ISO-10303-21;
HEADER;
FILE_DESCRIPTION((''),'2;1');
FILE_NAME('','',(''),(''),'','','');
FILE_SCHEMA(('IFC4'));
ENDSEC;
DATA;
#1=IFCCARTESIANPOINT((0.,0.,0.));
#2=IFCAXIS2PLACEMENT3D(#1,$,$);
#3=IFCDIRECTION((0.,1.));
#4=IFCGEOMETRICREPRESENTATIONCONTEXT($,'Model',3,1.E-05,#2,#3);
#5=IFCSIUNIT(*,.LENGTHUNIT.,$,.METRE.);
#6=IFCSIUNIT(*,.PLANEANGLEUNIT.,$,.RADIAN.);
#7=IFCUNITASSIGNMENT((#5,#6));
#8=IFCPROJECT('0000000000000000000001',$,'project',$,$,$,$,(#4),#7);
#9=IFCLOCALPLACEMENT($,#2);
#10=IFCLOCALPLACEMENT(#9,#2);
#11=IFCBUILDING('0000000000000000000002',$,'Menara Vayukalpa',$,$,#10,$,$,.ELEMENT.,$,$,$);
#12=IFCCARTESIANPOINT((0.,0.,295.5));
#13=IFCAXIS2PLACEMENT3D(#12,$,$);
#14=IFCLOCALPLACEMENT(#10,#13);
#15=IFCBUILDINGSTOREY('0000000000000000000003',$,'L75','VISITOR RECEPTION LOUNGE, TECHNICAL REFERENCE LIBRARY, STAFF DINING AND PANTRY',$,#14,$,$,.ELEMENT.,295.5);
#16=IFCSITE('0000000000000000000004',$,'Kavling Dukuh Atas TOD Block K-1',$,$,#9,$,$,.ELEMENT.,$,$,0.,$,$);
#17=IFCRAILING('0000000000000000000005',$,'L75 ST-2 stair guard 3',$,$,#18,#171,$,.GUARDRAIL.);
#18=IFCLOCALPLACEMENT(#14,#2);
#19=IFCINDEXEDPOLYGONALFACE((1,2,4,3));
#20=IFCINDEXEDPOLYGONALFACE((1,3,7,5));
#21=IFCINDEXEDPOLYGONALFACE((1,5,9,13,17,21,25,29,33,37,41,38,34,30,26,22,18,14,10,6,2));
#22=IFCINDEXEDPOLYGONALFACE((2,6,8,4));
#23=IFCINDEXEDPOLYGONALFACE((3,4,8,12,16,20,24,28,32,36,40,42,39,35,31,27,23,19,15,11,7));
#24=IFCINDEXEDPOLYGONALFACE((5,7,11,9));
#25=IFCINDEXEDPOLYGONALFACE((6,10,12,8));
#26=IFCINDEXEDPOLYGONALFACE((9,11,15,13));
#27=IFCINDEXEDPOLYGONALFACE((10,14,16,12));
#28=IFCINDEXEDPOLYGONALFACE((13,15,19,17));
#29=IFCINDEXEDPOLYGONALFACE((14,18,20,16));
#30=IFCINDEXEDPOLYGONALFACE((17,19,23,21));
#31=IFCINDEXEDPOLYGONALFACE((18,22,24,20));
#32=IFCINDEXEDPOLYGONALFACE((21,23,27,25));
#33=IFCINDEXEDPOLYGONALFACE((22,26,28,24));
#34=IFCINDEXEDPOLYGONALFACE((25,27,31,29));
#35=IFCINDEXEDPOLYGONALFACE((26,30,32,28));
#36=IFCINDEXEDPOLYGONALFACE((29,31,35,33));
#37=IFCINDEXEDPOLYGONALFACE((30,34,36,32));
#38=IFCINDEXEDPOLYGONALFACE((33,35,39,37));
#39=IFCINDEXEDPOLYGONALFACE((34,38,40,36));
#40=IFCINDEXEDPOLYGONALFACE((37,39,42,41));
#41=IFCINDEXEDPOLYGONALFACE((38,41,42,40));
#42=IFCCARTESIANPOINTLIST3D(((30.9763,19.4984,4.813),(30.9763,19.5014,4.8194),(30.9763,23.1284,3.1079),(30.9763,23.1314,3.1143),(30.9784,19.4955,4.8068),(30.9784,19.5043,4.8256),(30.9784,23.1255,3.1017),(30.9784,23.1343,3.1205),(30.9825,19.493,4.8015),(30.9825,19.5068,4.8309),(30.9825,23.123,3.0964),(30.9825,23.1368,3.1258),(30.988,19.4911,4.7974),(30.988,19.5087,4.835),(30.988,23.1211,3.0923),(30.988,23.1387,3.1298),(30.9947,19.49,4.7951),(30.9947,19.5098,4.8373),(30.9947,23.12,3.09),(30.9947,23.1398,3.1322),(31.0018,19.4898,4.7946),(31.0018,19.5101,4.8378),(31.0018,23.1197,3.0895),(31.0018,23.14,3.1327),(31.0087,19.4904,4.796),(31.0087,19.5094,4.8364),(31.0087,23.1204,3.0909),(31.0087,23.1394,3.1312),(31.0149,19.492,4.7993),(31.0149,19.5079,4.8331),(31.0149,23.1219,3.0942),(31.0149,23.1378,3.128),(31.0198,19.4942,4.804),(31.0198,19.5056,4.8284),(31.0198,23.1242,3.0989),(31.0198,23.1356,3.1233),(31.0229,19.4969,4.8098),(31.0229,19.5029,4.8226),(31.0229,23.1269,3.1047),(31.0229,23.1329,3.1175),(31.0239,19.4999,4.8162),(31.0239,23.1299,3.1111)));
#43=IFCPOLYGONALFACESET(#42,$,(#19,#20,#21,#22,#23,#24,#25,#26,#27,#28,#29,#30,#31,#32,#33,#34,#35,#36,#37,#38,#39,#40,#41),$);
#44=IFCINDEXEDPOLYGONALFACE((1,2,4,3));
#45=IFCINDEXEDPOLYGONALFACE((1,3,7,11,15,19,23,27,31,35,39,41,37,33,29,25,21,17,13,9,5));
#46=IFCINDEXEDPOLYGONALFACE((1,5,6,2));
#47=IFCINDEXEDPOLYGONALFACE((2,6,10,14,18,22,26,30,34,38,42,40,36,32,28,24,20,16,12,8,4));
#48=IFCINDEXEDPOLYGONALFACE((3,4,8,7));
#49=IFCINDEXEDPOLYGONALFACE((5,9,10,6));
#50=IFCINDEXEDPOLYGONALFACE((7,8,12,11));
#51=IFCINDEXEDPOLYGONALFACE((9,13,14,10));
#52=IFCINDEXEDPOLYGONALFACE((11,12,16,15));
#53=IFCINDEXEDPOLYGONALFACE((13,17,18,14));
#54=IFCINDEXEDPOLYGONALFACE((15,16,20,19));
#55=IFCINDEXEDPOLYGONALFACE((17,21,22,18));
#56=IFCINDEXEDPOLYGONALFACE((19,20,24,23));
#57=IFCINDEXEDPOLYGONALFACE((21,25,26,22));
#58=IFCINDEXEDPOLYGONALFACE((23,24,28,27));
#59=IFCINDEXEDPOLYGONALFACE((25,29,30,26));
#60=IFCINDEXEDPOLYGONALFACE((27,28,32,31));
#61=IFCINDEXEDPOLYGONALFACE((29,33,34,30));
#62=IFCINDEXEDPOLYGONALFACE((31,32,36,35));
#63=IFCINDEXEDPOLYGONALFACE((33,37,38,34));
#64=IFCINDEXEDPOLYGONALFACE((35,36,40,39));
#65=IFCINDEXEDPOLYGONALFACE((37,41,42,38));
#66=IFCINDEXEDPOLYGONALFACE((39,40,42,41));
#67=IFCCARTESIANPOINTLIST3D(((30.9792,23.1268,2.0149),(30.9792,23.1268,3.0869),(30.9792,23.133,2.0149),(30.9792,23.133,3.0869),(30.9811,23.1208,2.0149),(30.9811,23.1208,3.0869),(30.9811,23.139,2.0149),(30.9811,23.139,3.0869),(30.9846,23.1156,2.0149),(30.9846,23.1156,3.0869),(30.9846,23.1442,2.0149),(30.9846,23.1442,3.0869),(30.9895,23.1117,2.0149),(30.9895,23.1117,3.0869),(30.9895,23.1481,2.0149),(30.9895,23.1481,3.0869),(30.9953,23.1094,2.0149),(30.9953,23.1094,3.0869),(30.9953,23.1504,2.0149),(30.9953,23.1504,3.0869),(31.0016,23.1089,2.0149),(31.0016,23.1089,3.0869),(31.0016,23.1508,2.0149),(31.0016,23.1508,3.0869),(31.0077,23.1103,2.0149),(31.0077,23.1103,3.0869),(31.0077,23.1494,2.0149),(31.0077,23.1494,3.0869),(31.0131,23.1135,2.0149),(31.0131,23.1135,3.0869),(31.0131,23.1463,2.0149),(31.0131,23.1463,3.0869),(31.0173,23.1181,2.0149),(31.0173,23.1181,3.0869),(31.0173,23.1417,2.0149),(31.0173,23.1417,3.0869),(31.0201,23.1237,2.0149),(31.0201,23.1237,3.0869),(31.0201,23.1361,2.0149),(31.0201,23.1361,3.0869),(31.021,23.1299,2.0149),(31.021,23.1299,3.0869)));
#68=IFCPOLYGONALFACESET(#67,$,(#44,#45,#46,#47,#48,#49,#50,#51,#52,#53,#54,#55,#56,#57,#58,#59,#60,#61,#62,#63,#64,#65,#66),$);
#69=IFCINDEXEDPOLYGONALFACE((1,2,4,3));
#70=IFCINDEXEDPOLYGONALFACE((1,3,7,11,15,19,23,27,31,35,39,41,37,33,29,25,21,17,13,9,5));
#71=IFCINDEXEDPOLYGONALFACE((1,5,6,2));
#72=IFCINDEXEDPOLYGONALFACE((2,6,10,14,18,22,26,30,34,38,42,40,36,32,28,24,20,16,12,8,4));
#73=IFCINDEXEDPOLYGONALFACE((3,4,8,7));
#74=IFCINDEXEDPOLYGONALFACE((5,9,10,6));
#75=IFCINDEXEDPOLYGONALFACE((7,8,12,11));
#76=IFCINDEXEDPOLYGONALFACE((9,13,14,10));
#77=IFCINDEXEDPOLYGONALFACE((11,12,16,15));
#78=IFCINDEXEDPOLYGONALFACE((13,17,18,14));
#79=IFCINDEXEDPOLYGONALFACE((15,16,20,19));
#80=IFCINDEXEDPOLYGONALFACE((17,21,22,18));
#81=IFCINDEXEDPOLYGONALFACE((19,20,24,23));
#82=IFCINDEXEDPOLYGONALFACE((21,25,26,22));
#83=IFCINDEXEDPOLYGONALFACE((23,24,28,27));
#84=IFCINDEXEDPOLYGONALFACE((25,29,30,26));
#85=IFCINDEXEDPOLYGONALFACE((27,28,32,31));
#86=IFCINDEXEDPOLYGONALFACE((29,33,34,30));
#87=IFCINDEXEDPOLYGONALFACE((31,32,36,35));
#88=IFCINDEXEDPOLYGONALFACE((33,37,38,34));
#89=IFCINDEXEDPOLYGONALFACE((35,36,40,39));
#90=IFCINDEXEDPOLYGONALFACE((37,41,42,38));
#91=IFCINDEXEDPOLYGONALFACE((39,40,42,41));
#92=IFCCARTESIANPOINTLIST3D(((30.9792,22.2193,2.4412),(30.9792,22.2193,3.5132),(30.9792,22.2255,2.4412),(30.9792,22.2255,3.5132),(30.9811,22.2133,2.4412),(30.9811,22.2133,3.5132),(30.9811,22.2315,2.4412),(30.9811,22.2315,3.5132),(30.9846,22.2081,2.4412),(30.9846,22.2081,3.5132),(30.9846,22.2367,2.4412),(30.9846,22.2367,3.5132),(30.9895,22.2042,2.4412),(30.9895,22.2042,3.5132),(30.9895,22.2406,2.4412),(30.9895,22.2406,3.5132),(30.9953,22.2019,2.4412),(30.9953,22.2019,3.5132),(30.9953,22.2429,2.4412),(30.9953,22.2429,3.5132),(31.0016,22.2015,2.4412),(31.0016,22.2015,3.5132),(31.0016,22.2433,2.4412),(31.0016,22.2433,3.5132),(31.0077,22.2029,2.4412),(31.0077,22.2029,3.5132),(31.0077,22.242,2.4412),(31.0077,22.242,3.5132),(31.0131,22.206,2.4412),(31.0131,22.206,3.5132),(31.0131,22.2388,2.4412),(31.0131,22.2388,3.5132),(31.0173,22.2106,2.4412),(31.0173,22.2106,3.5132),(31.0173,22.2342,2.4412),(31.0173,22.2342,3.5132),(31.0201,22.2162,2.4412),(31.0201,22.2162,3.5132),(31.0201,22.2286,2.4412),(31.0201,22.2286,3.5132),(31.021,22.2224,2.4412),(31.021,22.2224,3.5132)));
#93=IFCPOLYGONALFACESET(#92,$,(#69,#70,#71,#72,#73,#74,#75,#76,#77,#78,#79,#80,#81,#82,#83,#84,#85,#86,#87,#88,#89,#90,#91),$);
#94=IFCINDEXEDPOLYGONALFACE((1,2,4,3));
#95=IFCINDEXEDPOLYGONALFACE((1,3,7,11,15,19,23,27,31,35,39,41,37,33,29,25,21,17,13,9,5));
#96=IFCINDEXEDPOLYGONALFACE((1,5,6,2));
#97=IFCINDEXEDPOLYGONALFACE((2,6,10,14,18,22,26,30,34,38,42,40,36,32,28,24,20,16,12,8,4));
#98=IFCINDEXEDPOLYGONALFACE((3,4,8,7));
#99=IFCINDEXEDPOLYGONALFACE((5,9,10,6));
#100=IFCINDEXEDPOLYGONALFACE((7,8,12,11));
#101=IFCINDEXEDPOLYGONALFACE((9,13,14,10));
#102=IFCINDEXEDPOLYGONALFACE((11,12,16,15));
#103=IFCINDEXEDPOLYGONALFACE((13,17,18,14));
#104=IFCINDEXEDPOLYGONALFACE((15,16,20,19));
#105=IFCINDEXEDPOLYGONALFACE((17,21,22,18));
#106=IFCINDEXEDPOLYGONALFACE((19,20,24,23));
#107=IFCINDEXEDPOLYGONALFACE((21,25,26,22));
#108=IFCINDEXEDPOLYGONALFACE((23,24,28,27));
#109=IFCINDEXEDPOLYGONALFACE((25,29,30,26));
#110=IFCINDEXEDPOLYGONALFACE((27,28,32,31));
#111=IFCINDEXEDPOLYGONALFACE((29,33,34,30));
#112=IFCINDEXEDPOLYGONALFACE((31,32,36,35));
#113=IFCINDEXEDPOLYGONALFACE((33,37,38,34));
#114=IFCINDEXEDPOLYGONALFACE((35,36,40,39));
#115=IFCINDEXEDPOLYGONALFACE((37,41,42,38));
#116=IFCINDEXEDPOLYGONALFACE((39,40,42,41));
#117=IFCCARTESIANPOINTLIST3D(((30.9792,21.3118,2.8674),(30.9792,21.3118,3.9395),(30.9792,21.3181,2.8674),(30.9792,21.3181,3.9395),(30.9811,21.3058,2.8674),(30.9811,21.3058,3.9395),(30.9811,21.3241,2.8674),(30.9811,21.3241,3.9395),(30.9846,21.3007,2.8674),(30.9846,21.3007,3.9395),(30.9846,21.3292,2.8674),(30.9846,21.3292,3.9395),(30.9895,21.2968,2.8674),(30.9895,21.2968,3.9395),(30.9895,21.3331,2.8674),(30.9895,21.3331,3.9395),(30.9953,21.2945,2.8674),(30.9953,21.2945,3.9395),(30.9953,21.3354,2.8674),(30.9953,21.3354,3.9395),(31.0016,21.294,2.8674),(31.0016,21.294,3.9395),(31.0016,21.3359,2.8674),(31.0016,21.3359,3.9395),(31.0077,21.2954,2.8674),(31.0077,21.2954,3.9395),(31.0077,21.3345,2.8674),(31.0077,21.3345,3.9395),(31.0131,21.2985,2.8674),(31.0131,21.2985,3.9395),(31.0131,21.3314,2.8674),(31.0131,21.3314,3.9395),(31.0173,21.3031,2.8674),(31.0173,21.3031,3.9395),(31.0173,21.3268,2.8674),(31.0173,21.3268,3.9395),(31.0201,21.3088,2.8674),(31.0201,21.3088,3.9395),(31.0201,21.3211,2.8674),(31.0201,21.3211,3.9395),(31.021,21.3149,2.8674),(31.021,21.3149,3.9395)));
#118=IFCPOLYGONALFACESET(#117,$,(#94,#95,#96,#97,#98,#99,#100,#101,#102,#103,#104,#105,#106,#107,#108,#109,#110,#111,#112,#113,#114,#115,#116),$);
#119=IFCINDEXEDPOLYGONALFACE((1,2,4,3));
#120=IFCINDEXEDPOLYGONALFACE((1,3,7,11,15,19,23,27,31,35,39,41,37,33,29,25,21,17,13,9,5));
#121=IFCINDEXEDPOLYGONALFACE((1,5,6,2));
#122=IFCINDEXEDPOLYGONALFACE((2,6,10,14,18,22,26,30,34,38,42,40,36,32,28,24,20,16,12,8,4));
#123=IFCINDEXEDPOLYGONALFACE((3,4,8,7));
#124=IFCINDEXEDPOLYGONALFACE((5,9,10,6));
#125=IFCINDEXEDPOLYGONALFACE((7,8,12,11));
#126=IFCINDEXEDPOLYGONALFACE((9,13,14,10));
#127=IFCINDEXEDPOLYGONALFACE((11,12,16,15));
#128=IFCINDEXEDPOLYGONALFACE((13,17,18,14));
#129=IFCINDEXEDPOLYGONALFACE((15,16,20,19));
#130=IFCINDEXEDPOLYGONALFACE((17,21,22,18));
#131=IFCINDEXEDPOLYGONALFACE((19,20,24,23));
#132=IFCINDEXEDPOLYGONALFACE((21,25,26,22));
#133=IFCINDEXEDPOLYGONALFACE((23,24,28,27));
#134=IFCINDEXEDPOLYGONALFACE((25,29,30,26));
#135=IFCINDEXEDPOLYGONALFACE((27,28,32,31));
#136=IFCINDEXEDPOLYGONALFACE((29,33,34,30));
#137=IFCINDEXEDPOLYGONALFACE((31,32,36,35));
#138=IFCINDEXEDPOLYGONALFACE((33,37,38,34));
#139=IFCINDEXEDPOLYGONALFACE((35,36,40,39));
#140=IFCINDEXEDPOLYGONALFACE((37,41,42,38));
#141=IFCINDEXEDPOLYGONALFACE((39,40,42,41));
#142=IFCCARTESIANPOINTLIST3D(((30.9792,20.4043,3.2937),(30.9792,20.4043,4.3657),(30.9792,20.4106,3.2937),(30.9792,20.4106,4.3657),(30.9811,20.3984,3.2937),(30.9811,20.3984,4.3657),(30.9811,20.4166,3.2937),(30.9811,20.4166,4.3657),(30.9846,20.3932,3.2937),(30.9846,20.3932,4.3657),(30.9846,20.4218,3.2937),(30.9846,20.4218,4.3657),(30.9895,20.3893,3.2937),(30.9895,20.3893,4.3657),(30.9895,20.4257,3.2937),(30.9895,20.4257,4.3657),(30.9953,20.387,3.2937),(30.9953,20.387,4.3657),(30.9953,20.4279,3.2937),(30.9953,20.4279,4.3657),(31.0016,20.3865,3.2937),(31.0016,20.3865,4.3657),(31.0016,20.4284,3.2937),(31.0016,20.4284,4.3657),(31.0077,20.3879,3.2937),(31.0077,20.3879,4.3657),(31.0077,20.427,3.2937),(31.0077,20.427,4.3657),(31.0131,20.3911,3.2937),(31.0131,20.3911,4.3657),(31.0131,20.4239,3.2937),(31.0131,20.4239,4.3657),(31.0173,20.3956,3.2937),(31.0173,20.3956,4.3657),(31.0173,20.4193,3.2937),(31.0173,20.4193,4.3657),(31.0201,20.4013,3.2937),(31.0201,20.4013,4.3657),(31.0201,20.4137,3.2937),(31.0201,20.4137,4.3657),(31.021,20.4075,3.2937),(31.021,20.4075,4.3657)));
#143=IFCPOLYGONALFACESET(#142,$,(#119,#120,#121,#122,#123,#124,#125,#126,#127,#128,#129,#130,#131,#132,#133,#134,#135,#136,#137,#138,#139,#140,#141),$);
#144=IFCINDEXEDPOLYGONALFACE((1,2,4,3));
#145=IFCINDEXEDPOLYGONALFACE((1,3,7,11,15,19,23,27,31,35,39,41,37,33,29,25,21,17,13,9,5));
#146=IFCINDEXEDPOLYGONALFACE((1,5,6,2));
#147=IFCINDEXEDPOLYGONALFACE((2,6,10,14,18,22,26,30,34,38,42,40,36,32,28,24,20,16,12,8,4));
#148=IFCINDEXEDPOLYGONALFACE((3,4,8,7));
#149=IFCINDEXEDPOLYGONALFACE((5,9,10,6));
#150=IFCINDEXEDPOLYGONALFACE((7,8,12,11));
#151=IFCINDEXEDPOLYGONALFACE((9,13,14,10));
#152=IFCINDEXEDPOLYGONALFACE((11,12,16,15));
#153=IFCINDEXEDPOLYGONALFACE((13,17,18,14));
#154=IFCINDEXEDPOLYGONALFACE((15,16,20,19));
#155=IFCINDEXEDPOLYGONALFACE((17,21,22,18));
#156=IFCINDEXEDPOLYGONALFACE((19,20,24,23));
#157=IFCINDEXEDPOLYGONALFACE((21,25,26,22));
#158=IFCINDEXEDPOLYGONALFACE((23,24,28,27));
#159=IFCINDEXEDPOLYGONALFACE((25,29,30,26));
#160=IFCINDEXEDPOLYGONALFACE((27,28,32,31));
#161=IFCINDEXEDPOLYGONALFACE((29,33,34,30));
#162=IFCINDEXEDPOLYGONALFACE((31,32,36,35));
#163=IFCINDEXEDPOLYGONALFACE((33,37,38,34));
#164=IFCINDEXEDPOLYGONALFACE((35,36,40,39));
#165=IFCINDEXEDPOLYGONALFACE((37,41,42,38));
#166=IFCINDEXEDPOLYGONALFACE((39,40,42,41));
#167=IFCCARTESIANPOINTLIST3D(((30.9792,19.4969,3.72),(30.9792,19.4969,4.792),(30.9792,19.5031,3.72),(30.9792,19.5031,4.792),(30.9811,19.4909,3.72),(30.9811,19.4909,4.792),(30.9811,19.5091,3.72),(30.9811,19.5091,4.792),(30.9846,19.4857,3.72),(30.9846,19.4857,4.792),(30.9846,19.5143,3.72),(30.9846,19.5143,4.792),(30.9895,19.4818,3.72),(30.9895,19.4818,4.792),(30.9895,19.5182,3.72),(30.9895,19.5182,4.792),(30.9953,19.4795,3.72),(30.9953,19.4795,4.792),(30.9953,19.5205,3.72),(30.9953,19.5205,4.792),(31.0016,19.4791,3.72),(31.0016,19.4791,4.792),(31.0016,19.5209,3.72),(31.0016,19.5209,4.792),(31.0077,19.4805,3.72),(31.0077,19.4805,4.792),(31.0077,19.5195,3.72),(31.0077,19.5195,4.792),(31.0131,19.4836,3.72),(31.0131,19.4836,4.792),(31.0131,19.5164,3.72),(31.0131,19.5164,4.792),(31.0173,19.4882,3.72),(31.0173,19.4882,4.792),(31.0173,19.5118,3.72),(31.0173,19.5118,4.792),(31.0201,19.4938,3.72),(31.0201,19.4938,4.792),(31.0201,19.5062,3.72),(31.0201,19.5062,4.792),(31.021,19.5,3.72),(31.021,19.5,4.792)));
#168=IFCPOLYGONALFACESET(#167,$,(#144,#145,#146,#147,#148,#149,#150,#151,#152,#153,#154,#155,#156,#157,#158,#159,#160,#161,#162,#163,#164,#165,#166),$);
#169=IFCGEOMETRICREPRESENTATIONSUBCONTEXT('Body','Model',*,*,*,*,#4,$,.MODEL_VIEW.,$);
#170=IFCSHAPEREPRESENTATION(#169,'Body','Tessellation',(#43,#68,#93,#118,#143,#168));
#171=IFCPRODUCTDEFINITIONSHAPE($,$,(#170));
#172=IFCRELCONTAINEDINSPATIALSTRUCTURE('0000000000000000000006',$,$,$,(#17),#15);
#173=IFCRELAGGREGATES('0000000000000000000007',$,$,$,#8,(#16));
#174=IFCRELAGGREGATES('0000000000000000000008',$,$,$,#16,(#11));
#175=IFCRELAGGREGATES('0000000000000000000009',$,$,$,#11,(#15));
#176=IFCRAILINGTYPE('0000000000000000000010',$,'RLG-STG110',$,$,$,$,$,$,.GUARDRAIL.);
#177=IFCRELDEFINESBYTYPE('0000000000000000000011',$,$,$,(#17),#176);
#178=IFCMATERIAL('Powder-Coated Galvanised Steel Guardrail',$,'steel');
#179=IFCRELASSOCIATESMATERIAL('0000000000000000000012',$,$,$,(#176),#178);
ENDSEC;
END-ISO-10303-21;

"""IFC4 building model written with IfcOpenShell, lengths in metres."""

from ifc_helpers import new_model, si_unit, direction, frame, origin, origin_2d, place, context, subcontext, project, spatial, circle, extrude, material, type_object, element, save


model = new_model("IFC4")

# Units and contexts
model_context = context("Model", 3, precision=1e-05, world=origin(), true_north=direction((0.0, 1.0)))
body_context = subcontext(model_context, "Body", "Model", "MODEL_VIEW")
ifc_project = project(units=[si_unit("LENGTHUNIT", "METRE"), si_unit("PLANEANGLEUNIT", "RADIAN")], contexts=[model_context])

# Site, building, storey
site_placement = place(None, origin())
site = spatial("IfcSite", under=ifc_project, at=site_placement, Name="Kavling Dukuh Atas TOD Block K-1", CompositionType="ELEMENT", RefElevation=0.0)
building_placement = place(site_placement, origin())
building = spatial("IfcBuilding", under=site, at=building_placement, Name="Menara Vayukalpa", CompositionType="ELEMENT")
storey_placement = place(building_placement, frame((0.0, 0.0, 295.5)))
storey = spatial("IfcBuildingStorey", under=building, at=storey_placement, Name="L75", Description="VISITOR RECEPTION LOUNGE, TECHNICAL REFERENCE LIBRARY, STAFF DINING AND PANTRY", CompositionType="ELEMENT", Elevation=295.5)

# Railing
ifc_material_1 = material(Name="Powder-Coated Galvanised Steel Guardrail", Category="steel")
railing_type_1 = type_object("IfcRailingType", Name="RLG-STG110", PredefinedType="GUARDRAIL", material=ifc_material_1)
railing_1_placement = place(storey_placement, frame((31.0, 23.1299, 2.0149)))
element("IfcRailing", 1, at=railing_1_placement, inside=storey, type_object=railing_type_1, Name="L75 ST-2 stair guard 3", PredefinedType="GUARDRAIL", context=body_context, shape_type="SweptSolid", body=[
    extrude(circle(Radius=0.0239, at=origin_2d()), frame((0.0, 0.0, 1.0962), z_axis=(0.0, -0.905116, 0.425164), x_axis=(1.0, 0.0, 0.0)), (0.0, 0.0, 1.0), 4.0105),
    extrude(circle(Radius=0.021, at=origin_2d()), origin(), (0.0, 0.0, 1.0), 1.072),
    extrude(circle(Radius=0.021, at=origin_2d()), frame((0.0, -0.9075, 0.4263)), (0.0, 0.0, 1.0), 1.072),
    extrude(circle(Radius=0.021, at=origin_2d()), frame((0.0, -1.8149, 0.8525)), (0.0, 0.0, 1.0), 1.072),
    extrude(circle(Radius=0.021, at=origin_2d()), frame((0.0, -2.7224, 1.2788)), (0.0, 0.0, 1.0), 1.072),
    extrude(circle(Radius=0.021, at=origin_2d()), frame((0.0, -3.6299, 1.7051)), (0.0, 0.0, 1.0), 1.072),
])

save(model, "model.ifc")
